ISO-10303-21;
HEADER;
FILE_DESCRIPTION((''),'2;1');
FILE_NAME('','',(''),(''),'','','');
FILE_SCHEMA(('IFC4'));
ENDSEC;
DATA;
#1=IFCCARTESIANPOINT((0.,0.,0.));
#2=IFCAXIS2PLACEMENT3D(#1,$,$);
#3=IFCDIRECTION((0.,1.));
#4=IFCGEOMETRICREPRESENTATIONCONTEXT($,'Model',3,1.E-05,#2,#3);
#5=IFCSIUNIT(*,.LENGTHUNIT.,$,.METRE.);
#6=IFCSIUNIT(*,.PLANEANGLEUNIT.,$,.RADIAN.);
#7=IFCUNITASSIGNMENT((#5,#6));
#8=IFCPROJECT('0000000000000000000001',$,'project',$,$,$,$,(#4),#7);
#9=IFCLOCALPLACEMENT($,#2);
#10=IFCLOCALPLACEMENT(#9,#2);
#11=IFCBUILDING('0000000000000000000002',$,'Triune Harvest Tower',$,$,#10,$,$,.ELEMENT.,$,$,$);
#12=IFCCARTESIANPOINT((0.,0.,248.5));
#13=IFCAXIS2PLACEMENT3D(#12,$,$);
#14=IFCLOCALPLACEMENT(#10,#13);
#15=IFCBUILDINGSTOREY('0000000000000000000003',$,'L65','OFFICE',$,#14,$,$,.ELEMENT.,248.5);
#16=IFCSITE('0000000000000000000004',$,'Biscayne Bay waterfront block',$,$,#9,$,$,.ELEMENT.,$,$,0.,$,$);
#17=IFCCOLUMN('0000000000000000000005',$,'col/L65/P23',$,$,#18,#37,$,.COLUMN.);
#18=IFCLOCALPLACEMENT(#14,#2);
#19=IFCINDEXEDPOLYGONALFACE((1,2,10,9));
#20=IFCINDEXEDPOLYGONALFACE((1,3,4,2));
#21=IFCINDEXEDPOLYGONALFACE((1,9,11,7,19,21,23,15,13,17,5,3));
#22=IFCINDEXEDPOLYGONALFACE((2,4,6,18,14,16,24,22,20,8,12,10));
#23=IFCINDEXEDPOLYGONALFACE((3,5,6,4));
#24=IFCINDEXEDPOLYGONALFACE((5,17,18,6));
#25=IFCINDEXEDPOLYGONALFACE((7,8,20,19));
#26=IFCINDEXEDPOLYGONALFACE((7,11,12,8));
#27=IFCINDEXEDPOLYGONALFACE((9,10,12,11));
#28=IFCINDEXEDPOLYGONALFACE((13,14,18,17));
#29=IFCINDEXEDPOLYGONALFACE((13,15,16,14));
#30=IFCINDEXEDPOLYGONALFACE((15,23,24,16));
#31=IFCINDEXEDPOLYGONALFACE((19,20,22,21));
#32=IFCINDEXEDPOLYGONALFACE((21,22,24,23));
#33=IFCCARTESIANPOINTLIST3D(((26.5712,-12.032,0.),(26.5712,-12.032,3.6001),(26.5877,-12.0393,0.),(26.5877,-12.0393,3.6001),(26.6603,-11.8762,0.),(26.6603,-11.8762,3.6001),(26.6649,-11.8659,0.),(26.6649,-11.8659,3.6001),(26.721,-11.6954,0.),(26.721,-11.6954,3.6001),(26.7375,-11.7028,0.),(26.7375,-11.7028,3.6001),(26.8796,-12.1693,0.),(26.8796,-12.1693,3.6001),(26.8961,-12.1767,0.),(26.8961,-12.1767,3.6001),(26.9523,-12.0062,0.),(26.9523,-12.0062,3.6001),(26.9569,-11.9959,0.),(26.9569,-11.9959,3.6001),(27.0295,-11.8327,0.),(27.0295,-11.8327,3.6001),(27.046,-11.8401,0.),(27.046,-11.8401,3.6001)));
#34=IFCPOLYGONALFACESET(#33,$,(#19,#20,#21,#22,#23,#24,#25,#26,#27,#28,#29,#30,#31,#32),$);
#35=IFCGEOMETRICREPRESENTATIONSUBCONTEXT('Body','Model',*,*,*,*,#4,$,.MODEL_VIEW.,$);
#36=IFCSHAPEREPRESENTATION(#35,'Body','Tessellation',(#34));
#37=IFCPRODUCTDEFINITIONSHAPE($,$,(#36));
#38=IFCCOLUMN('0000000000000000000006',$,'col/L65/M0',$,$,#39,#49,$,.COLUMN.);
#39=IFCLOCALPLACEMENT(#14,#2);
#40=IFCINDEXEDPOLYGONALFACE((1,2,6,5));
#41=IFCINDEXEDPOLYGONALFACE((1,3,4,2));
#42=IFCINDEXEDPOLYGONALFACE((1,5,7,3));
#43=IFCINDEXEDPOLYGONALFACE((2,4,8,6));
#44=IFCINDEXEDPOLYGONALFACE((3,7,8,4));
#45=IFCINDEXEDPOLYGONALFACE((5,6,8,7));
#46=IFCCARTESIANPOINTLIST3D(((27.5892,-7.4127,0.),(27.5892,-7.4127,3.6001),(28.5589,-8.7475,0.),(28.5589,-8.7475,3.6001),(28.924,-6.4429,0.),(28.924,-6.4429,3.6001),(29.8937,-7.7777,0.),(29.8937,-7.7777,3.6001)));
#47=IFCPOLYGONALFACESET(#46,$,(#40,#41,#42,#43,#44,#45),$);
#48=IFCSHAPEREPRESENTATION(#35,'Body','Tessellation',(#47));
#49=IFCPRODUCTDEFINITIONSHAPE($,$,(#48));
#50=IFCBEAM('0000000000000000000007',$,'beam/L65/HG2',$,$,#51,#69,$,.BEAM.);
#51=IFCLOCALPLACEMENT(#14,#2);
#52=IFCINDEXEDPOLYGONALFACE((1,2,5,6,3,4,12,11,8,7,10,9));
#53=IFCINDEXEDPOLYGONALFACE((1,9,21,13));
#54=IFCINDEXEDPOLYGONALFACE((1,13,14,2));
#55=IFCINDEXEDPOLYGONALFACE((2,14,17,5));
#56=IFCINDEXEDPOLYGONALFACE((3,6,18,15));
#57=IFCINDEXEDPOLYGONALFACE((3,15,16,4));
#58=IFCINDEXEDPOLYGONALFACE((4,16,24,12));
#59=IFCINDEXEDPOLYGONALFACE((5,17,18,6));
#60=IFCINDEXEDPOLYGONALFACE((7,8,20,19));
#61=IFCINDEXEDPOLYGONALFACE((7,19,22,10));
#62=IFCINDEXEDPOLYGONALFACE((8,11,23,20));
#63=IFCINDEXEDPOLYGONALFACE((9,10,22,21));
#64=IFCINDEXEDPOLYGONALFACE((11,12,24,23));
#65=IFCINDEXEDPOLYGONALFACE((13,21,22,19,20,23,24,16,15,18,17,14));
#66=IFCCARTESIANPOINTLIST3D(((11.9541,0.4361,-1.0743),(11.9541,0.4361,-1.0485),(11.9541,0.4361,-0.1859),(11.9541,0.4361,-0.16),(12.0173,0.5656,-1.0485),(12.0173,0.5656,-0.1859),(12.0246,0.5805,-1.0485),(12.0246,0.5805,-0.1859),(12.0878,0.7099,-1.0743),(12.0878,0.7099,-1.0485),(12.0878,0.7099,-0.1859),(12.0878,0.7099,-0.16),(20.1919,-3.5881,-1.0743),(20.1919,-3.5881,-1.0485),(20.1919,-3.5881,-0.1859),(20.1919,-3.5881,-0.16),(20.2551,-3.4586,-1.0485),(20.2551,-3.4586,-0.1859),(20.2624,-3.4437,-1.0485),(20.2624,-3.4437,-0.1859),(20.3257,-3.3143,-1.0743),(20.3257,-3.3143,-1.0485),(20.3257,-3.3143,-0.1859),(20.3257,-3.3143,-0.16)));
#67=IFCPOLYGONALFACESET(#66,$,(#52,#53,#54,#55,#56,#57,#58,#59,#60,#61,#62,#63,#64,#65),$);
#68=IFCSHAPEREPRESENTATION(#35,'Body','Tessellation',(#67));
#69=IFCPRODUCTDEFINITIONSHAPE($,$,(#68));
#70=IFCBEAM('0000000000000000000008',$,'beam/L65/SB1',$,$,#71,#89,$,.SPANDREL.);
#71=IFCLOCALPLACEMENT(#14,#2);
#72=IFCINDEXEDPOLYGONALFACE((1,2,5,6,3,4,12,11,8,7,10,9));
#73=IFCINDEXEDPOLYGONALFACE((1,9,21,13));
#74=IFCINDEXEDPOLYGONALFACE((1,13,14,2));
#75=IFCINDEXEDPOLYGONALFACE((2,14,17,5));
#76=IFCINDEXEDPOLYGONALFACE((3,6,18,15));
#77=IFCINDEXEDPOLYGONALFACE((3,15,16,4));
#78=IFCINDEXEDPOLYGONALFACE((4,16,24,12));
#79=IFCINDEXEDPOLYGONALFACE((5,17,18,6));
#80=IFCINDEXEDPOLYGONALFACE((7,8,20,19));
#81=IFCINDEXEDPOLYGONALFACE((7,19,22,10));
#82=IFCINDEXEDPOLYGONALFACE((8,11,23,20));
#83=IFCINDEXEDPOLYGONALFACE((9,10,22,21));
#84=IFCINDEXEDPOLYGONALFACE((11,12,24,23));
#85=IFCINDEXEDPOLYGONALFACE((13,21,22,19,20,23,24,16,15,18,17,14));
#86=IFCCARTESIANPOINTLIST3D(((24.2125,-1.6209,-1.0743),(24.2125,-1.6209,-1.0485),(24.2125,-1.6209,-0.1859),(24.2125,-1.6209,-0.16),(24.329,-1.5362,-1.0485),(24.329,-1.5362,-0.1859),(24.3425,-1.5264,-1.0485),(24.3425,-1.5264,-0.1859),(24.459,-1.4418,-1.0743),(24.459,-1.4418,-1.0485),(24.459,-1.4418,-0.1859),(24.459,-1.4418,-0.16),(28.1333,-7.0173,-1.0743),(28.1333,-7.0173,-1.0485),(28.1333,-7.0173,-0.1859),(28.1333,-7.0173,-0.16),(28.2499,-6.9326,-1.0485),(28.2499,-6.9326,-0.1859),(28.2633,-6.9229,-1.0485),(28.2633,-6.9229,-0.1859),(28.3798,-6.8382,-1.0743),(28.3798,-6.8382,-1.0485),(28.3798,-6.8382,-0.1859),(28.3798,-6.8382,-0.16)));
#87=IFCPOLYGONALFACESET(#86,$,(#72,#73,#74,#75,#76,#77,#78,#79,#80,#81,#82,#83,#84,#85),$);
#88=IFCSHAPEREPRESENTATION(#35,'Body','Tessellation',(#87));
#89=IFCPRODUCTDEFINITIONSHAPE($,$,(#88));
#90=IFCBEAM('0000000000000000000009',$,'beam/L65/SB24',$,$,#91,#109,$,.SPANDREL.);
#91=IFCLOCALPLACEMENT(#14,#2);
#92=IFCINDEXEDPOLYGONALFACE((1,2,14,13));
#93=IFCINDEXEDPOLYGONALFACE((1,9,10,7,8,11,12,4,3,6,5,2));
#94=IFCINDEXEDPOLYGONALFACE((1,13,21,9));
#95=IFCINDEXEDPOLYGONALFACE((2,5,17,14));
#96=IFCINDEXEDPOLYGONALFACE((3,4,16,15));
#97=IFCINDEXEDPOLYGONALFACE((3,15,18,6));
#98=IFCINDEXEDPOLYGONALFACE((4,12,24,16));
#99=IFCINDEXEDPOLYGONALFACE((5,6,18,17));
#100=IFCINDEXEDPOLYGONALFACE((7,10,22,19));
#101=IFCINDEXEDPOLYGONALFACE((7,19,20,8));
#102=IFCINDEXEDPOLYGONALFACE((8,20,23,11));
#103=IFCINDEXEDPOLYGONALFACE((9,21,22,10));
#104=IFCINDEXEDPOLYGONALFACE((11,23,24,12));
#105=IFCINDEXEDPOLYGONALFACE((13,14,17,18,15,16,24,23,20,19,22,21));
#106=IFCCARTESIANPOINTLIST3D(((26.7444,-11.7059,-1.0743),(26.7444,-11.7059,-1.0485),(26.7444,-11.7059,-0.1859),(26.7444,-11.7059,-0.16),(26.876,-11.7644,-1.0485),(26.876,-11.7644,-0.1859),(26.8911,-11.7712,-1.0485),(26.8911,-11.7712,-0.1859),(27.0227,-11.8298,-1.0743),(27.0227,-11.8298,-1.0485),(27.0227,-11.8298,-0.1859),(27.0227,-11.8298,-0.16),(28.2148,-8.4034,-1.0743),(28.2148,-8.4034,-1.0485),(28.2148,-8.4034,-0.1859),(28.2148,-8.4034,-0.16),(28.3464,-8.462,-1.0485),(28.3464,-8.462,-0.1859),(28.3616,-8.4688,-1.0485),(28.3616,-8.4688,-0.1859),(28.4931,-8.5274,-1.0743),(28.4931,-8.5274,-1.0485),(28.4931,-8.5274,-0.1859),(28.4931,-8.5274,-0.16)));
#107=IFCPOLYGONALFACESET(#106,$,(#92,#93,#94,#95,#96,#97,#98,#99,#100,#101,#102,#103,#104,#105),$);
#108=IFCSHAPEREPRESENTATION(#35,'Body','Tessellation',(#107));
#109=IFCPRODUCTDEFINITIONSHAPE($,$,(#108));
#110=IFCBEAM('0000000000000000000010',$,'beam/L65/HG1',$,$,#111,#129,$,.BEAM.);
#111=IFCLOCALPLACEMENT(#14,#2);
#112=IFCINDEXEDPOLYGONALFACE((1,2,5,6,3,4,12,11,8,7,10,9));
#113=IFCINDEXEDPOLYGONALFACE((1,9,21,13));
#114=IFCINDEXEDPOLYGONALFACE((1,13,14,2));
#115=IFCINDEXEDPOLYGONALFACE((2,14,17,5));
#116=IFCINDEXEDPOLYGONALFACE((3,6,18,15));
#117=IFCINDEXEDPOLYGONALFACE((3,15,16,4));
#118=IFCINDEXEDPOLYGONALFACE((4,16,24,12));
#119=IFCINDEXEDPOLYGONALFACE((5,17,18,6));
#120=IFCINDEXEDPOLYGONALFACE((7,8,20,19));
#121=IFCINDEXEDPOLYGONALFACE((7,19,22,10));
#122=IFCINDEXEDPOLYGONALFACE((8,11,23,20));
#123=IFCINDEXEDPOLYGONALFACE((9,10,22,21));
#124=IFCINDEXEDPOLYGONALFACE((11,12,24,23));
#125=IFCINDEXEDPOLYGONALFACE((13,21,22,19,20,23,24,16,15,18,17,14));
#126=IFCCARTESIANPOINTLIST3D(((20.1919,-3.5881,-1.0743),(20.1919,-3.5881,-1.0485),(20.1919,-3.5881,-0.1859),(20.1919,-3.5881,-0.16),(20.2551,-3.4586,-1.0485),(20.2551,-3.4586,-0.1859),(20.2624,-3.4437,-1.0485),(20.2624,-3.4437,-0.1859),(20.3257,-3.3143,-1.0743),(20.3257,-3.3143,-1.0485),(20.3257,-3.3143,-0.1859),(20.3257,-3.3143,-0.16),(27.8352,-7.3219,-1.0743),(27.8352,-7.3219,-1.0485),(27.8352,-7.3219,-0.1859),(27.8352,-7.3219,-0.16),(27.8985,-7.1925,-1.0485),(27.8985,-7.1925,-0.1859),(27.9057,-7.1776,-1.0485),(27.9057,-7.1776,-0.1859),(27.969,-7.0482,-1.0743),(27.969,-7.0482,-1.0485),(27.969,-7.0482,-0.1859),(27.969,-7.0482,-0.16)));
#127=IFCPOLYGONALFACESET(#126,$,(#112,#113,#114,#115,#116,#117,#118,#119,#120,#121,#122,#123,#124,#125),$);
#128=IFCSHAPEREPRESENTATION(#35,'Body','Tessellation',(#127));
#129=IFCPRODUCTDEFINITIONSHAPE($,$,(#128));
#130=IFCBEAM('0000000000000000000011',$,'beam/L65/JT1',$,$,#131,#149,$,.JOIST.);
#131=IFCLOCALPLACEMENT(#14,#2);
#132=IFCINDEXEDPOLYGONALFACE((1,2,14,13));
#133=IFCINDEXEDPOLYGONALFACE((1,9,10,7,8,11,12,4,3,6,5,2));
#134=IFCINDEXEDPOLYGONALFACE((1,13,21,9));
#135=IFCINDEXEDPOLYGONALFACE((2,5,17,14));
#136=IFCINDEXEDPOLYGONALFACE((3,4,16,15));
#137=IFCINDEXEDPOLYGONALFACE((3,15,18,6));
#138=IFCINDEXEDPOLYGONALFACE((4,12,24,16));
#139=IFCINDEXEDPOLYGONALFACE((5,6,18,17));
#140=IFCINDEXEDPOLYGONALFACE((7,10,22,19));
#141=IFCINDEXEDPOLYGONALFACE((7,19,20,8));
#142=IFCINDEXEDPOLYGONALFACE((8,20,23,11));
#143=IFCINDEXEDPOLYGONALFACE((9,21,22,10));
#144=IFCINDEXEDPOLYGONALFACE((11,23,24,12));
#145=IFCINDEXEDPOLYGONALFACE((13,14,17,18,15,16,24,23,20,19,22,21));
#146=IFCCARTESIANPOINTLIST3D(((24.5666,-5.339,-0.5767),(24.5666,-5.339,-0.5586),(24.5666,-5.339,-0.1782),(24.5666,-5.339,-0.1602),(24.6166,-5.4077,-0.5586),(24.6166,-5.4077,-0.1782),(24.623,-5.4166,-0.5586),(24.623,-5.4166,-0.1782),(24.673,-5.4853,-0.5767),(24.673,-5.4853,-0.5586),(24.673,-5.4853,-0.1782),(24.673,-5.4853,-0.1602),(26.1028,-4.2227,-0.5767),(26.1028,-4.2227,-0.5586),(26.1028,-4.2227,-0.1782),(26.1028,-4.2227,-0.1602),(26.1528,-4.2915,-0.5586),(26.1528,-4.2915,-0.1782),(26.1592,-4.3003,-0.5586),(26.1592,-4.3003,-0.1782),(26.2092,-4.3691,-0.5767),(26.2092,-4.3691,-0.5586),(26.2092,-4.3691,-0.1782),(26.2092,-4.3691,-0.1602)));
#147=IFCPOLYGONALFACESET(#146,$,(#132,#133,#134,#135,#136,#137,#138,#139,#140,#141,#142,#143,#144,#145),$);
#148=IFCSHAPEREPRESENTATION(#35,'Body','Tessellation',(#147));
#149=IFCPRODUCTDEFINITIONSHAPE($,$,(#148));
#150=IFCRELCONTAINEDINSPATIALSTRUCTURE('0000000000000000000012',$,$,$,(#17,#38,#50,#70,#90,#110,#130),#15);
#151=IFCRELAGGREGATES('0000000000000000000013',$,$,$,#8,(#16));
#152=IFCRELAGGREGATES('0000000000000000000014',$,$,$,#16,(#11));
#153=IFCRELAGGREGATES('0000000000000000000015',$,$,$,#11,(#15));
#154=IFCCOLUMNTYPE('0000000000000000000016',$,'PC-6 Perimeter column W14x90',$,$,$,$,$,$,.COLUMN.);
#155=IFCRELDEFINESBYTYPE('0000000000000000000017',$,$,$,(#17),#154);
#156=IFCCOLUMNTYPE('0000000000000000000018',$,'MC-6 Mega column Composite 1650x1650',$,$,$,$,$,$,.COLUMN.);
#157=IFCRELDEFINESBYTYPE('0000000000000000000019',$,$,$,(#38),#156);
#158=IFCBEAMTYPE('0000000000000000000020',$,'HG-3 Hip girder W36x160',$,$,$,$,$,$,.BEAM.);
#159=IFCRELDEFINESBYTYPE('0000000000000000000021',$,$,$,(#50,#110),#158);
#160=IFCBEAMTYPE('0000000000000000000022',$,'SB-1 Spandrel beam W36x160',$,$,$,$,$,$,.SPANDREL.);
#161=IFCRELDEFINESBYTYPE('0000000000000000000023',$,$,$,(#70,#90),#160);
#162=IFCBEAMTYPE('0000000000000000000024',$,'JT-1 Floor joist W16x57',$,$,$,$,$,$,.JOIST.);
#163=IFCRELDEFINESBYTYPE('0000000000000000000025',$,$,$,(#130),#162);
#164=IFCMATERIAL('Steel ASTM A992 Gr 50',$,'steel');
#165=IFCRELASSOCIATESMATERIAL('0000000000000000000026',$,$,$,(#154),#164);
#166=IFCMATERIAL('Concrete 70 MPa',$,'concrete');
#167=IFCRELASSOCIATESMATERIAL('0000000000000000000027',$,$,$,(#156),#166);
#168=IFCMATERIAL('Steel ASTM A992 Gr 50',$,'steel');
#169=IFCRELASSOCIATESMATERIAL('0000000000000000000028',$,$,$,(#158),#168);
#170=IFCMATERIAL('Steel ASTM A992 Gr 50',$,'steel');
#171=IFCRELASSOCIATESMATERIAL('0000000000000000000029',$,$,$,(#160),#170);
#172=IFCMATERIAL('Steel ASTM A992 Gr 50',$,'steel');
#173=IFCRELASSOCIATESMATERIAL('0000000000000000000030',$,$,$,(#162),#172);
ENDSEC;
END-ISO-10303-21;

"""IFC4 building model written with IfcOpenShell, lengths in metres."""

from ifc_helpers import new_model, si_unit, direction, frame, origin, origin_2d, place, context, subcontext, project, spatial, rectangle, i_section, extrude, source, transform, mapped, material, material_profile, profile_set, type_object, element, save


model = new_model("IFC4")

# Units and contexts
model_context = context("Model", 3, precision=1e-05, world=origin(), true_north=direction((0.0, 1.0)))
body_context = subcontext(model_context, "Body", "Model", "MODEL_VIEW")
ifc_project = project(units=[si_unit("LENGTHUNIT", "METRE"), si_unit("PLANEANGLEUNIT", "RADIAN")], contexts=[model_context])

# Site, building, storey
site_placement = place(None, origin())
site = spatial("IfcSite", under=ifc_project, at=site_placement, Name="Biscayne Bay waterfront block", CompositionType="ELEMENT", RefElevation=0.0)
building_placement = place(site_placement, origin())
building = spatial("IfcBuilding", under=site, at=building_placement, Name="Triune Harvest Tower", CompositionType="ELEMENT")
storey_placement = place(building_placement, frame((0.0, 0.0, 248.5)))
storey = spatial("IfcBuildingStorey", under=building, at=storey_placement, Name="L65", Description="OFFICE", CompositionType="ELEMENT", Elevation=248.5)

# Columns
ifc_material_1 = material(Name="Steel ASTM A992 Gr 50", Category="steel")
ifc_material_profile_1 = material_profile(ifc_material_1, i_section(OverallWidth=0.3684, OverallDepth=0.3557, WebThickness=0.0112, FlangeThickness=0.0181, at=origin_2d()), Name="W14x90")
ifc_profile_set_1 = profile_set([ifc_material_profile_1], Name="Steel ASTM A992 Gr 50")
column_type_1 = type_object("IfcColumnType", Name="PC-6 Perimeter column W14x90", PredefinedType="COLUMN", material=ifc_profile_set_1)
shared_shape_1 = source(origin(), body_context, "Body", "SweptSolid", [
    extrude(i_section(OverallWidth=0.3684, OverallDepth=0.3557, WebThickness=0.0112, FlangeThickness=0.0181, at=origin_2d()), origin(), (0.0, 0.0, 1.0), 3.6001),
])
column_1_placement = place(storey_placement, frame((26.8086, -11.936, 0.0), z_axis=(0.0, 0.0, 1.0), x_axis=(0.406741, 0.913543, 0.0)))
element("IfcColumn", 1, at=column_1_placement, inside=storey, type_object=column_type_1, Name="col/L65/P23", PredefinedType="COLUMN", context=body_context, shape_type="MappedRepresentation", body=[
    mapped(shared_shape_1, transform((0.0, 0.0, 0.0), scale=1.0)),
])
ifc_material_2 = material(Name="Concrete 70 MPa", Category="concrete")
ifc_material_profile_2 = material_profile(ifc_material_2, rectangle(XDim=1.6499, YDim=1.6499, at=origin_2d()), Name="Composite 1650x1650")
ifc_profile_set_2 = profile_set([ifc_material_profile_2], Name="Concrete 70 MPa")
column_type_2 = type_object("IfcColumnType", Name="MC-6 Mega column Composite 1650x1650", PredefinedType="COLUMN", material=ifc_profile_set_2)
shared_shape_2 = source(origin(), body_context, "Body", "SweptSolid", [
    extrude(rectangle(XDim=1.6499, YDim=1.6499, at=origin_2d()), origin(), (0.0, 0.0, 1.0), 3.6001),
])
column_2_placement = place(storey_placement, frame((28.7415, -7.5952, 0.0), z_axis=(0.0, 0.0, 1.0), x_axis=(-0.587785, 0.809017, 0.0)))
element("IfcColumn", 2, at=column_2_placement, inside=storey, type_object=column_type_2, Name="col/L65/M0", PredefinedType="COLUMN", context=body_context, shape_type="MappedRepresentation", body=[
    mapped(shared_shape_2, transform((0.0, 0.0, 0.0), scale=1.0)),
])

# Beams
ifc_material_3 = material(Name="Steel ASTM A992 Gr 50", Category="steel")
ifc_material_profile_3 = material_profile(ifc_material_3, i_section(OverallWidth=0.3047, OverallDepth=0.9143, WebThickness=0.0166, FlangeThickness=0.0259, at=origin_2d()), Name="W36x160")
ifc_profile_set_3 = profile_set([ifc_material_profile_3], Name="Steel ASTM A992 Gr 50")
beam_type_1 = type_object("IfcBeamType", Name="HG-3 Hip girder W36x160", PredefinedType="BEAM", material=ifc_profile_set_3)
shared_shape_3 = source(origin(), body_context, "Body", "SweptSolid", [
    extrude(i_section(OverallWidth=0.3047, OverallDepth=0.9143, WebThickness=0.0166, FlangeThickness=0.0259, at=origin_2d()), origin(), (0.0, 0.0, 1.0), 9.1682),
])
beam_1_placement = place(storey_placement, frame((20.2588, -3.4512, -0.6172), z_axis=(-0.898522, 0.438929, 0.0), x_axis=(-0.438929, -0.898522, 0.0)))
element("IfcBeam", 3, at=beam_1_placement, inside=storey, type_object=beam_type_1, Name="beam/L65/HG2", PredefinedType="BEAM", context=body_context, shape_type="MappedRepresentation", body=[
    mapped(shared_shape_3, transform((0.0, 0.0, 0.0), scale=1.0)),
])
ifc_material_4 = material(Name="Steel ASTM A992 Gr 50", Category="steel")
ifc_material_profile_4 = material_profile(ifc_material_4, i_section(OverallWidth=0.3047, OverallDepth=0.9143, WebThickness=0.0166, FlangeThickness=0.0259, at=origin_2d()), Name="W36x160")
ifc_profile_set_4 = profile_set([ifc_material_profile_4], Name="Steel ASTM A992 Gr 50")
beam_type_2 = type_object("IfcBeamType", Name="SB-1 Spandrel beam W36x160", PredefinedType="SPANDREL", material=ifc_profile_set_4)
shared_shape_4 = source(origin(), body_context, "Body", "SweptSolid", [
    extrude(i_section(OverallWidth=0.3047, OverallDepth=0.9143, WebThickness=0.0166, FlangeThickness=0.0259, at=origin_2d()), origin(), (0.0, 0.0, 1.0), 6.6704),
])
beam_2_placement = place(storey_placement, frame((28.2566, -6.9277, -0.6172), z_axis=(-0.587797, 0.809008, 0.0), x_axis=(-0.809008, -0.587797, 0.0)))
element("IfcBeam", 4, at=beam_2_placement, inside=storey, type_object=beam_type_2, Name="beam/L65/SB1", PredefinedType="SPANDREL", context=body_context, shape_type="MappedRepresentation", body=[
    mapped(shared_shape_4, transform((0.0, 0.0, 0.0), scale=1.0)),
])
shared_shape_5 = source(origin(), body_context, "Body", "SweptSolid", [
    extrude(i_section(OverallWidth=0.3047, OverallDepth=0.9143, WebThickness=0.0166, FlangeThickness=0.0259, at=origin_2d()), origin(), (0.0, 0.0, 1.0), 3.615),
])
beam_3_placement = place(storey_placement, frame((26.8835, -11.7678, -0.6172), z_axis=(0.406759, 0.913536, 0.0), x_axis=(-0.913536, 0.406759, 0.0)))
element("IfcBeam", 5, at=beam_3_placement, inside=storey, type_object=beam_type_2, Name="beam/L65/SB24", PredefinedType="SPANDREL", context=body_context, shape_type="MappedRepresentation", body=[
    mapped(shared_shape_5, transform((0.0, 0.0, 0.0), scale=1.0)),
])
shared_shape_6 = source(origin(), body_context, "Body", "SweptSolid", [
    extrude(i_section(OverallWidth=0.3047, OverallDepth=0.9143, WebThickness=0.0166, FlangeThickness=0.0259, at=origin_2d()), origin(), (0.0, 0.0, 1.0), 8.5066),
])
beam_4_placement = place(storey_placement, frame((27.9021, -7.1851, -0.6172), z_axis=(-0.898516, 0.43894, 0.0), x_axis=(-0.43894, -0.898516, 0.0)))
element("IfcBeam", 6, at=beam_4_placement, inside=storey, type_object=beam_type_1, Name="beam/L65/HG1", PredefinedType="BEAM", context=body_context, shape_type="MappedRepresentation", body=[
    mapped(shared_shape_6, transform((0.0, 0.0, 0.0), scale=1.0)),
])
ifc_material_5 = material(Name="Steel ASTM A992 Gr 50", Category="steel")
ifc_material_profile_5 = material_profile(ifc_material_5, i_section(OverallWidth=0.1809, OverallDepth=0.4165, WebThickness=0.011, FlangeThickness=0.0181, at=origin_2d()), Name="W16x57")
ifc_profile_set_5 = profile_set([ifc_material_profile_5], Name="Steel ASTM A992 Gr 50")
beam_type_3 = type_object("IfcBeamType", Name="JT-1 Floor joist W16x57", PredefinedType="JOIST", material=ifc_profile_set_5)
shared_shape_7 = source(origin(), body_context, "Body", "SweptSolid", [
    extrude(i_section(OverallWidth=0.1809, OverallDepth=0.4165, WebThickness=0.011, FlangeThickness=0.0181, at=origin_2d()), origin(), (0.0, 0.0, 1.0), 1.8989),
])
beam_5_placement = place(storey_placement, frame((26.156, -4.2959, -0.3684), z_axis=(-0.808981, -0.587835, 0.0), x_axis=(0.587835, -0.808981, 0.0)))
element("IfcBeam", 7, at=beam_5_placement, inside=storey, type_object=beam_type_3, Name="beam/L65/JT1", PredefinedType="JOIST", context=body_context, shape_type="MappedRepresentation", body=[
    mapped(shared_shape_7, transform((0.0, 0.0, 0.0), scale=1.0)),
])

save(model, "model.ifc")
